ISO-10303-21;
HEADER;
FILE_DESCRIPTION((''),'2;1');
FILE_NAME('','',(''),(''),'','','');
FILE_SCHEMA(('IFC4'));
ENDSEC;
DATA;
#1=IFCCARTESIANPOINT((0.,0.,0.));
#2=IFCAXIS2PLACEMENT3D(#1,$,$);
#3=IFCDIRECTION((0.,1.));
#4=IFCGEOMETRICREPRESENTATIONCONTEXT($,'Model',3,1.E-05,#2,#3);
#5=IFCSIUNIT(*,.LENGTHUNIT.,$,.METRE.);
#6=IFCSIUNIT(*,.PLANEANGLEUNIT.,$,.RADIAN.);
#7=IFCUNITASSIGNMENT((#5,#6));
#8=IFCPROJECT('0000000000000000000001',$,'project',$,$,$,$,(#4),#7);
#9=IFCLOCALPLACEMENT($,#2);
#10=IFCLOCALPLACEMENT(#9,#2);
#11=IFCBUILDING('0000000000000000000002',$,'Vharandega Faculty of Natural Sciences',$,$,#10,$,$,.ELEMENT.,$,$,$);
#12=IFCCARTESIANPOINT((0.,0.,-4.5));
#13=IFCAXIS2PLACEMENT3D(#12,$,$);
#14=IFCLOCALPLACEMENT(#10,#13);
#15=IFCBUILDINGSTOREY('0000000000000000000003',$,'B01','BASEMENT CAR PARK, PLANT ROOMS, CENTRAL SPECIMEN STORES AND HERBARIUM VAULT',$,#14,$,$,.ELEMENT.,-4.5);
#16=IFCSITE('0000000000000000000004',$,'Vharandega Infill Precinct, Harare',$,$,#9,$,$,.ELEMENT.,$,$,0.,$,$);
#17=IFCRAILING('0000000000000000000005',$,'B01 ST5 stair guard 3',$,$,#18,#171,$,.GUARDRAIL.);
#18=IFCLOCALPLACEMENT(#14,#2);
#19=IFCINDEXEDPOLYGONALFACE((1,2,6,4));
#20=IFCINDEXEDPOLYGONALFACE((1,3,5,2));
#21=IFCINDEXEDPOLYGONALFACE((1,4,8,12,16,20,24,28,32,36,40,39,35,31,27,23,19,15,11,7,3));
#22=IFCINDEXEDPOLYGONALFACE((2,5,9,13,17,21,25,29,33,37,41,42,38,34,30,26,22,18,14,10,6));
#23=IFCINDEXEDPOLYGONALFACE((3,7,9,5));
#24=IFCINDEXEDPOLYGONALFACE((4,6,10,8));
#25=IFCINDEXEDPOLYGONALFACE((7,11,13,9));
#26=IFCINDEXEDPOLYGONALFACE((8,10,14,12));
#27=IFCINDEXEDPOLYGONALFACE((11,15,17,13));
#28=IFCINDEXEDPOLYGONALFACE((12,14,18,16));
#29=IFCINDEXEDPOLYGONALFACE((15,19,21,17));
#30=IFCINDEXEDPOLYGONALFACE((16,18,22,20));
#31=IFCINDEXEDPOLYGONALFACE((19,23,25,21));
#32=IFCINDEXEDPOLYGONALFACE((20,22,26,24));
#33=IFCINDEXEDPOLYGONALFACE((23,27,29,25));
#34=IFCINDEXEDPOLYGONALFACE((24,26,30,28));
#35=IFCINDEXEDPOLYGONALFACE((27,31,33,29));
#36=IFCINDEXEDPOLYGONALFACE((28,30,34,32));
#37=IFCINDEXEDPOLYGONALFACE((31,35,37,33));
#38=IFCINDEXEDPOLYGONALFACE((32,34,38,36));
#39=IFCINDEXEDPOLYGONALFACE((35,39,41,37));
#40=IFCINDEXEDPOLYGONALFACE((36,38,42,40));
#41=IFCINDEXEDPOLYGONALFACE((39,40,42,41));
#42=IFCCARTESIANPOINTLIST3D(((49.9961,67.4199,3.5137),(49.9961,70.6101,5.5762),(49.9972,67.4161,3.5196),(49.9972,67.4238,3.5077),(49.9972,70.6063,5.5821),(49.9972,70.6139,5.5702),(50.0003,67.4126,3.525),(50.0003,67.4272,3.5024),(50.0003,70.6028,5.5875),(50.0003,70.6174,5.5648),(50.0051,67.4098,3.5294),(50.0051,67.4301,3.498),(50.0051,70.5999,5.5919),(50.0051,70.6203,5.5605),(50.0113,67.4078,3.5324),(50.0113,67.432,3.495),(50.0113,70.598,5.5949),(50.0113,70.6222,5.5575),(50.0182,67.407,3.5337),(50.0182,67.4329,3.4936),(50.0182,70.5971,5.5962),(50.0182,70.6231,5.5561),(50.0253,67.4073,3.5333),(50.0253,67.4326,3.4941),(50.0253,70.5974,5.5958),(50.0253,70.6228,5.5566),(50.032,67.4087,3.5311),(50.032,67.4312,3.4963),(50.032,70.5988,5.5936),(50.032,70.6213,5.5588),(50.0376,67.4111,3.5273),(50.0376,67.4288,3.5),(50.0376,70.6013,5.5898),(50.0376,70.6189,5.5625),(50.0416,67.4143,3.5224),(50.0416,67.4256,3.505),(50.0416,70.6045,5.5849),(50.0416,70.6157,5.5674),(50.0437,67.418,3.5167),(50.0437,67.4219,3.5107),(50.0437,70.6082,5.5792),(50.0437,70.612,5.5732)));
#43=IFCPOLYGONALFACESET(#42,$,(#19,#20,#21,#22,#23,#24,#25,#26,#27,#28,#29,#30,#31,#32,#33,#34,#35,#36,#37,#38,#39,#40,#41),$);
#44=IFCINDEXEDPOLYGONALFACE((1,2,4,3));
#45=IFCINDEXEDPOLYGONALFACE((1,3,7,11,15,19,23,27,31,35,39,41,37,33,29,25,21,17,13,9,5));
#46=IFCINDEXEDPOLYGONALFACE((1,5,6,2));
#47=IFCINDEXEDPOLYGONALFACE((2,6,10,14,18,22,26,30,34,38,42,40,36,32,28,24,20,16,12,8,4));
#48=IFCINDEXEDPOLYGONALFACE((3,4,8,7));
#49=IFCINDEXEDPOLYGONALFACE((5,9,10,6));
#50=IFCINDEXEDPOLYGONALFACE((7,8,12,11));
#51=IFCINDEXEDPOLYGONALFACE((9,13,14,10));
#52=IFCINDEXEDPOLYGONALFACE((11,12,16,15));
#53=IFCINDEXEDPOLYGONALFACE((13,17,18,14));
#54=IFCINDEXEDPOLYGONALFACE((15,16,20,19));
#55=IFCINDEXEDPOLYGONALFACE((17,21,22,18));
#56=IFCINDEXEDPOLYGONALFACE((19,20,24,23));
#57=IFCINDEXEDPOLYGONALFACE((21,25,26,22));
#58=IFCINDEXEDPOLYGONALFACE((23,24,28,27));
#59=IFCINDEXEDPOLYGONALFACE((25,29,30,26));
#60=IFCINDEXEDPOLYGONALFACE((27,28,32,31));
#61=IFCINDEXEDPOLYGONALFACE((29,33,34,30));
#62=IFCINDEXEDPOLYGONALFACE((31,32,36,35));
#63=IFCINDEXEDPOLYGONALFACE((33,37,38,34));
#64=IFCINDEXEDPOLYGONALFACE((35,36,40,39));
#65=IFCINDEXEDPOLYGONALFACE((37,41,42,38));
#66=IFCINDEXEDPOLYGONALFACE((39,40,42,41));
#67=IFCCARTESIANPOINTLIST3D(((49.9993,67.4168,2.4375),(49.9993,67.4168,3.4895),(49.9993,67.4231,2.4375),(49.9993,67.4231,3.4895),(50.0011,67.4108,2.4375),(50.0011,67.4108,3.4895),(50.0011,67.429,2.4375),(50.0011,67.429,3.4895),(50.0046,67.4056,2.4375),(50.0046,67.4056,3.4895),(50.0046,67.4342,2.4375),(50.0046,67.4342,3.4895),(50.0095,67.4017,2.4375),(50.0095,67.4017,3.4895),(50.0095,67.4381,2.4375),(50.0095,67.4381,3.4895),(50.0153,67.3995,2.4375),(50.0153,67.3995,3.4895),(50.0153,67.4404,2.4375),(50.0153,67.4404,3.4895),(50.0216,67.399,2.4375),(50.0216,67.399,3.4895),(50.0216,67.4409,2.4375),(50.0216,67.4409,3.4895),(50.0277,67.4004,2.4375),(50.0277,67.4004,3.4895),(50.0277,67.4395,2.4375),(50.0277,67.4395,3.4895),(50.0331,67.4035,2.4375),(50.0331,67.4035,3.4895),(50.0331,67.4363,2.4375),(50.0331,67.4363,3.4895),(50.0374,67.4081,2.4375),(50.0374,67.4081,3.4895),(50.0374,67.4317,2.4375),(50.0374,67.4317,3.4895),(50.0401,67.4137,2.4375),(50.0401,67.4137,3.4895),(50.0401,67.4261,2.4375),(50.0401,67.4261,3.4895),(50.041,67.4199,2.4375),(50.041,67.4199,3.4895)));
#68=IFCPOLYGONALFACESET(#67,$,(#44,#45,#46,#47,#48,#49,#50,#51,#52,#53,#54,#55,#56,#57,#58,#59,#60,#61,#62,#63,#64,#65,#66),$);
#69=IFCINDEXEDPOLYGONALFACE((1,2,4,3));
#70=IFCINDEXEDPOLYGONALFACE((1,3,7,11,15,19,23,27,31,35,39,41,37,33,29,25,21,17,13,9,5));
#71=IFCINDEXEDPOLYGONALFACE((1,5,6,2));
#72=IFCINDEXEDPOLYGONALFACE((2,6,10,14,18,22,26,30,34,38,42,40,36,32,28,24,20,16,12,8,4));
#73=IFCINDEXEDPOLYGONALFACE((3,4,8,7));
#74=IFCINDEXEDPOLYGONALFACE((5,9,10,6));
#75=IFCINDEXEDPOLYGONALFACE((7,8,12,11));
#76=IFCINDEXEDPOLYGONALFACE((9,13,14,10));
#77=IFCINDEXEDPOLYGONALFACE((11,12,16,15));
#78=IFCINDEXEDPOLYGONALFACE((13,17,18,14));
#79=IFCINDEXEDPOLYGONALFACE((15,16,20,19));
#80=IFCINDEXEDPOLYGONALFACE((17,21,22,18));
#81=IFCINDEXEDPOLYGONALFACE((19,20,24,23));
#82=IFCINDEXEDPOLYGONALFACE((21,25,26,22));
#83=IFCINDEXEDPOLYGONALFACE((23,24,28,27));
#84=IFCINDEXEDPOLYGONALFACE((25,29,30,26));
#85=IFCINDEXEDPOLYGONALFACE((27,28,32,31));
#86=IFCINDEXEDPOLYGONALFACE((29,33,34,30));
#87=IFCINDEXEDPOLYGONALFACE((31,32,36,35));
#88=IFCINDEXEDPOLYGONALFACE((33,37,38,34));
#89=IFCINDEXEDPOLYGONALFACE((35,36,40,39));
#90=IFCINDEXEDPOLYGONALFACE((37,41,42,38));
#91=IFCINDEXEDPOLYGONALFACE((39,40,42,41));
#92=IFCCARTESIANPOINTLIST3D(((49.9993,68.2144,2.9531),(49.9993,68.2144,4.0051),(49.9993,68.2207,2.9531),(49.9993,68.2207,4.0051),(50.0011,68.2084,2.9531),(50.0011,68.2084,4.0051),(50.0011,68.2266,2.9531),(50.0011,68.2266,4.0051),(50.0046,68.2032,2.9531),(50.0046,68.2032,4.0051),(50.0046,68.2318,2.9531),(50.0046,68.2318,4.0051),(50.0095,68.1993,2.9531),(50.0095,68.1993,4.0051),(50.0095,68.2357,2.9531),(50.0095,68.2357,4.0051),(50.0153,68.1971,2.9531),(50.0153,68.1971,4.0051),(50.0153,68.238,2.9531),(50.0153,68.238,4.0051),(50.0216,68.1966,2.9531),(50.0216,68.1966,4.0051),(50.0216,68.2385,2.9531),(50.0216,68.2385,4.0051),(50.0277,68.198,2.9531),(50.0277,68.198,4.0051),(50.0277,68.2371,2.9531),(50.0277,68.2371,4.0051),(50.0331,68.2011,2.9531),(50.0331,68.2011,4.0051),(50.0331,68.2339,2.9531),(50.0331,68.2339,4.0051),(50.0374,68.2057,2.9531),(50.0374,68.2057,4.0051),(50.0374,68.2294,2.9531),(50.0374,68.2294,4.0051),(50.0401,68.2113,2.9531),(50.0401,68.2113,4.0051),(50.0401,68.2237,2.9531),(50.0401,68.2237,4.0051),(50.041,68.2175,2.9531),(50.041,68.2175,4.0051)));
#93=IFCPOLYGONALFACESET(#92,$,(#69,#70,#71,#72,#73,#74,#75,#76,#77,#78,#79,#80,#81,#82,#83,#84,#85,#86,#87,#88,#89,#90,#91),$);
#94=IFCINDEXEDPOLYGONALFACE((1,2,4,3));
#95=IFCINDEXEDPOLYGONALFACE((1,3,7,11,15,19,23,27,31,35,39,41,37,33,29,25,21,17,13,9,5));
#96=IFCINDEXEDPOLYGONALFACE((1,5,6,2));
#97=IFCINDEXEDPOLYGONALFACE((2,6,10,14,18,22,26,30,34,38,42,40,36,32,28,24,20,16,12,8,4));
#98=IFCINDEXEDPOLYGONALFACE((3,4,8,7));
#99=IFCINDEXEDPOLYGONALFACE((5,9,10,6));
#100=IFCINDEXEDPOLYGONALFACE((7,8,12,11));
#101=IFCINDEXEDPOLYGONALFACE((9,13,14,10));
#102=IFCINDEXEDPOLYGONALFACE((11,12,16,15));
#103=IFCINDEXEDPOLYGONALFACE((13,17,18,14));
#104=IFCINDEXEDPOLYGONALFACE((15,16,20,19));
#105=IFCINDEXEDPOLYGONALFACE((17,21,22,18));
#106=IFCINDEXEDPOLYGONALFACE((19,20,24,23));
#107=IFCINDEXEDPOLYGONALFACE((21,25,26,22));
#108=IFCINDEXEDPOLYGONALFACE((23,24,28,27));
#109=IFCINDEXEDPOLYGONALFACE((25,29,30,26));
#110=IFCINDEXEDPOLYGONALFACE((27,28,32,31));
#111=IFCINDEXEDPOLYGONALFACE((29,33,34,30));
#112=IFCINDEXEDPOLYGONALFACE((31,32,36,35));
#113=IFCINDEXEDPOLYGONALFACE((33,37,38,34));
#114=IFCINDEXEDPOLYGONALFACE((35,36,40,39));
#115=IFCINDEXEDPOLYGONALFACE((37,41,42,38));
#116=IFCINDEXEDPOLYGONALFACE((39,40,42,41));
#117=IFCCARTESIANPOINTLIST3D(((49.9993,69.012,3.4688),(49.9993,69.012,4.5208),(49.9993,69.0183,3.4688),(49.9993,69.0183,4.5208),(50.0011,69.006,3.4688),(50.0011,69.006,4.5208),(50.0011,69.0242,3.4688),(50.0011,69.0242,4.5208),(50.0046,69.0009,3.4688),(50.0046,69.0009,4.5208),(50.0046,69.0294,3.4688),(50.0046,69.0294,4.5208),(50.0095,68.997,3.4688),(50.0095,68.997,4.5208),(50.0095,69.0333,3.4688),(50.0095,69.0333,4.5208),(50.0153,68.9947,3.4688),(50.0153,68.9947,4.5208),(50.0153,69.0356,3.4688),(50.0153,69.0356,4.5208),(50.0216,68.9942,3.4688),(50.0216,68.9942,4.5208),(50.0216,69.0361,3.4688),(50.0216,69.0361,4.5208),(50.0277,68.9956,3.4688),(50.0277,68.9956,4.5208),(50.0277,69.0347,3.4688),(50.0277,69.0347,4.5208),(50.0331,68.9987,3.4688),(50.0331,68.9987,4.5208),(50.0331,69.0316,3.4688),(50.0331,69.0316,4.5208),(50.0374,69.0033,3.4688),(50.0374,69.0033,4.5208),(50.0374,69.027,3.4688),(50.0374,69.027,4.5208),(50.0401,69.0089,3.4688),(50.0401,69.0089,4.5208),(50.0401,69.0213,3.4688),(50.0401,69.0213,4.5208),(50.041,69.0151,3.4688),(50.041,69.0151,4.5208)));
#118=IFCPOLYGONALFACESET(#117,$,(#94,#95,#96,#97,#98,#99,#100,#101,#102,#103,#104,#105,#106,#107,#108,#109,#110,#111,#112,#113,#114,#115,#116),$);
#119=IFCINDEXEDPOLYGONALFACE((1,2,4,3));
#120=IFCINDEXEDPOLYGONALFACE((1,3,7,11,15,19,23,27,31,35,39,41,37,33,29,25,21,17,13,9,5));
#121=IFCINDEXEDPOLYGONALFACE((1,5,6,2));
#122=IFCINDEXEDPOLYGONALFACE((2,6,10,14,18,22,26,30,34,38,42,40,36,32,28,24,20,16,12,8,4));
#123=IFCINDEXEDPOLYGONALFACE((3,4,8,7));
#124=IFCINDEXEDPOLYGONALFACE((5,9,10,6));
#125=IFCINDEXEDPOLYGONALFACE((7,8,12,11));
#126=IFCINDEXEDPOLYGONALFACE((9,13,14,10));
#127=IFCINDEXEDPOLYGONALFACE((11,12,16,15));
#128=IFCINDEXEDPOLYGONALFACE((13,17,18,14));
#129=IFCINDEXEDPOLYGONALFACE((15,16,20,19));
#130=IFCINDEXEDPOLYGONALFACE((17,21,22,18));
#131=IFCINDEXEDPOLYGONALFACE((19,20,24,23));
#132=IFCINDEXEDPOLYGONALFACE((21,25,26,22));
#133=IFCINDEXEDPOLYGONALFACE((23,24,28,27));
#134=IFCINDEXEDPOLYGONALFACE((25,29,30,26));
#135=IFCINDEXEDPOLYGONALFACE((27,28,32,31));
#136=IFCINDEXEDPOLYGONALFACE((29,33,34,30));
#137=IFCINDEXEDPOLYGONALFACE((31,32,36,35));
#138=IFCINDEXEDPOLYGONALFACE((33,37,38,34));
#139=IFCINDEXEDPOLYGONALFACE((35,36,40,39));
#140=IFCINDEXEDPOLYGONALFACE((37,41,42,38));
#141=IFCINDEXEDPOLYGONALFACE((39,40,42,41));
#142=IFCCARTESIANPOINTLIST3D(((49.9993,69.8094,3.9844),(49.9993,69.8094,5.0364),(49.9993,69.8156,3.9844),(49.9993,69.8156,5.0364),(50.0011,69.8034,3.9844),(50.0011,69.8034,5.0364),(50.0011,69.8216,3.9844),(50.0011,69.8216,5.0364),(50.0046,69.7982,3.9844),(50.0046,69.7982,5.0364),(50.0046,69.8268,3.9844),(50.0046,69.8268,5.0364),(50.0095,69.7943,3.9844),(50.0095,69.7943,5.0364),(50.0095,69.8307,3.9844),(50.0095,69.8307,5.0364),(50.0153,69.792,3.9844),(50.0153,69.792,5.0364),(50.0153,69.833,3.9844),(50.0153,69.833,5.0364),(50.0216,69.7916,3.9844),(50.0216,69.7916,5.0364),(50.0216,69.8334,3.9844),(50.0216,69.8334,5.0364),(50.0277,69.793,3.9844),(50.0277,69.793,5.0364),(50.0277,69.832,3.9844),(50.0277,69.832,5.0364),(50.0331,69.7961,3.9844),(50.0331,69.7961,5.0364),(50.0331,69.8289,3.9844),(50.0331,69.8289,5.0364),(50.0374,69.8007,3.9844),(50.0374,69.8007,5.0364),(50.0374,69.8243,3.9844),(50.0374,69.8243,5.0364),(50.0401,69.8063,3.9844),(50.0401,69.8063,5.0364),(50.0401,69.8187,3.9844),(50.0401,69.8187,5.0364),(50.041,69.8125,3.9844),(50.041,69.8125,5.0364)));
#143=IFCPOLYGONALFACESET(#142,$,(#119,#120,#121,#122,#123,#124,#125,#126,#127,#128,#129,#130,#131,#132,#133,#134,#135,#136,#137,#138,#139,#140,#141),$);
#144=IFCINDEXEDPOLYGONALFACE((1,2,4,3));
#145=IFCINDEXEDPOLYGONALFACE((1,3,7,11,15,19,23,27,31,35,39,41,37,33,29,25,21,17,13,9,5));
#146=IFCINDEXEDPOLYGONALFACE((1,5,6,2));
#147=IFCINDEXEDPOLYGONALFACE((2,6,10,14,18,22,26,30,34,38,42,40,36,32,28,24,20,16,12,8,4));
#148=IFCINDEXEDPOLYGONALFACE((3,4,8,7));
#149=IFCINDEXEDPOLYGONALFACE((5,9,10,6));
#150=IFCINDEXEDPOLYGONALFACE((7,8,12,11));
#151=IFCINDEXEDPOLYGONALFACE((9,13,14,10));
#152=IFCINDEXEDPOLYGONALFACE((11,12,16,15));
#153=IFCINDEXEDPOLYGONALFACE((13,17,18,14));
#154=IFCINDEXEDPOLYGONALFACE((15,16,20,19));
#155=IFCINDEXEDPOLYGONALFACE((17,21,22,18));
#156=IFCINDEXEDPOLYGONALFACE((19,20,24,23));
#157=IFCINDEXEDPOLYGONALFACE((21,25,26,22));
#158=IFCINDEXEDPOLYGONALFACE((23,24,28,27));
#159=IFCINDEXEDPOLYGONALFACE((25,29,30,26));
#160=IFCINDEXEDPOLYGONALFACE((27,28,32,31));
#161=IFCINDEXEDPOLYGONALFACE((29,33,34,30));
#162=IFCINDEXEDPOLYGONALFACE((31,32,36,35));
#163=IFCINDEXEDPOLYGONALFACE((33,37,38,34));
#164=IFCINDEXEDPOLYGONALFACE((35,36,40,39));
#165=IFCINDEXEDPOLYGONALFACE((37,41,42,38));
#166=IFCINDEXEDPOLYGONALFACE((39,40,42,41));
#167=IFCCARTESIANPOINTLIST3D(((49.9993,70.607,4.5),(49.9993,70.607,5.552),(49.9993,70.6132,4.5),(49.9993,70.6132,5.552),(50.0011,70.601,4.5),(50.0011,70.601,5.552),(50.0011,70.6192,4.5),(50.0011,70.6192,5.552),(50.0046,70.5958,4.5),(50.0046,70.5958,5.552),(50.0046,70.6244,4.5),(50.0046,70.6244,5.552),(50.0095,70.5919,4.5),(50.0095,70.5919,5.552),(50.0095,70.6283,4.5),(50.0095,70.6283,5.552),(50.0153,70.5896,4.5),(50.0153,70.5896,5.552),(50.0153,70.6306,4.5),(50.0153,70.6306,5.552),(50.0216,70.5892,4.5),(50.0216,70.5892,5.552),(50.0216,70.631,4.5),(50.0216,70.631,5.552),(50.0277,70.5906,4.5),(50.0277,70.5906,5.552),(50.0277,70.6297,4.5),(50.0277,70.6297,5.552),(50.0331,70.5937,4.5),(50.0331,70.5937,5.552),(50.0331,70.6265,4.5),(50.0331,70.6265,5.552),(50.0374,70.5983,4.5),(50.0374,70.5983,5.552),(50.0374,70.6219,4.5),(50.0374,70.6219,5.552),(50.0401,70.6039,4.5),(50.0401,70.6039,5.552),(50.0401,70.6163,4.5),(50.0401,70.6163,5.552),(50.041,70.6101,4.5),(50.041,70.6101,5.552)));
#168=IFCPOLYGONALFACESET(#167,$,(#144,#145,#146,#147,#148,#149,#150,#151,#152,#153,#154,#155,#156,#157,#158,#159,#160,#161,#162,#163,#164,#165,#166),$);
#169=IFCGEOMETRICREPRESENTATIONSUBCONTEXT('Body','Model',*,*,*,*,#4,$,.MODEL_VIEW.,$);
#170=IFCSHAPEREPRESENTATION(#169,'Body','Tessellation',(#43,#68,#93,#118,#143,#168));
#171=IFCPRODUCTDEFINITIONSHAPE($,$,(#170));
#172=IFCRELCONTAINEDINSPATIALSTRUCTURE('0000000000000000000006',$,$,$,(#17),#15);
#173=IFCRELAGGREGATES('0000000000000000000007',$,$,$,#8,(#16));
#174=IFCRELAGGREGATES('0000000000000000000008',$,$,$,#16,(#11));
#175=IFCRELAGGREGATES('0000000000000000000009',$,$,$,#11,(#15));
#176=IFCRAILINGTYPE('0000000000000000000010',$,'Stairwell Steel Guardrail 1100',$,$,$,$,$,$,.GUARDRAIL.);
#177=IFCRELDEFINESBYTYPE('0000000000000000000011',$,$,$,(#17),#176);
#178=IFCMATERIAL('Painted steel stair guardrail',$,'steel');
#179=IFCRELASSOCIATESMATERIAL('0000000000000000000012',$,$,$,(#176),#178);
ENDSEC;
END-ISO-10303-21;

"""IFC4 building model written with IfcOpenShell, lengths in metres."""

from ifc_helpers import new_model, si_unit, direction, frame, origin, origin_2d, place, context, subcontext, project, spatial, circle, extrude, material, type_object, element, save


model = new_model("IFC4")

# Units and contexts
model_context = context("Model", 3, precision=1e-05, world=origin(), true_north=direction((0.0, 1.0)))
body_context = subcontext(model_context, "Body", "Model", "MODEL_VIEW")
ifc_project = project(units=[si_unit("LENGTHUNIT", "METRE"), si_unit("PLANEANGLEUNIT", "RADIAN")], contexts=[model_context])

# Site, building, storey
site_placement = place(None, origin())
site = spatial("IfcSite", under=ifc_project, at=site_placement, Name="Vharandega Infill Precinct, Harare", CompositionType="ELEMENT", RefElevation=0.0)
building_placement = place(site_placement, origin())
building = spatial("IfcBuilding", under=site, at=building_placement, Name="Vharandega Faculty of Natural Sciences", CompositionType="ELEMENT")
storey_placement = place(building_placement, frame((0.0, 0.0, -4.5)))
storey = spatial("IfcBuildingStorey", under=building, at=storey_placement, Name="B01", Description="BASEMENT CAR PARK, PLANT ROOMS, CENTRAL SPECIMEN STORES AND HERBARIUM VAULT", CompositionType="ELEMENT", Elevation=-4.5)

# Railing
ifc_material_1 = material(Name="Painted steel stair guardrail", Category="steel")
railing_type_1 = type_object("IfcRailingType", Name="Stairwell Steel Guardrail 1100", PredefinedType="GUARDRAIL", material=ifc_material_1)
railing_1_placement = place(storey_placement, frame((50.02, 67.4199, 2.4375)))
element("IfcRailing", 1, at=railing_1_placement, inside=storey, type_object=railing_type_1, Name="B01 ST5 stair guard 3", PredefinedType="GUARDRAIL", context=body_context, shape_type="SweptSolid", body=[
    extrude(circle(Radius=0.0239, at=origin_2d()), frame((0.0, 0.0, 1.0762), z_axis=(0.0, 0.839779, 0.542929), x_axis=(-1.0, 0.0, 0.0)), (0.0, 0.0, 1.0), 3.7988),
    extrude(circle(Radius=0.021, at=origin_2d()), origin(), (0.0, 0.0, 1.0), 1.052),
    extrude(circle(Radius=0.021, at=origin_2d()), frame((0.0, 0.7976, 0.5156)), (0.0, 0.0, 1.0), 1.052),
    extrude(circle(Radius=0.021, at=origin_2d()), frame((0.0, 1.5952, 1.0312)), (0.0, 0.0, 1.0), 1.052),
    extrude(circle(Radius=0.021, at=origin_2d()), frame((0.0, 2.3926, 1.5469)), (0.0, 0.0, 1.0), 1.052),
    extrude(circle(Radius=0.021, at=origin_2d()), frame((0.0, 3.1902, 2.0625)), (0.0, 0.0, 1.0), 1.052),
])

save(model, "model.ifc")
